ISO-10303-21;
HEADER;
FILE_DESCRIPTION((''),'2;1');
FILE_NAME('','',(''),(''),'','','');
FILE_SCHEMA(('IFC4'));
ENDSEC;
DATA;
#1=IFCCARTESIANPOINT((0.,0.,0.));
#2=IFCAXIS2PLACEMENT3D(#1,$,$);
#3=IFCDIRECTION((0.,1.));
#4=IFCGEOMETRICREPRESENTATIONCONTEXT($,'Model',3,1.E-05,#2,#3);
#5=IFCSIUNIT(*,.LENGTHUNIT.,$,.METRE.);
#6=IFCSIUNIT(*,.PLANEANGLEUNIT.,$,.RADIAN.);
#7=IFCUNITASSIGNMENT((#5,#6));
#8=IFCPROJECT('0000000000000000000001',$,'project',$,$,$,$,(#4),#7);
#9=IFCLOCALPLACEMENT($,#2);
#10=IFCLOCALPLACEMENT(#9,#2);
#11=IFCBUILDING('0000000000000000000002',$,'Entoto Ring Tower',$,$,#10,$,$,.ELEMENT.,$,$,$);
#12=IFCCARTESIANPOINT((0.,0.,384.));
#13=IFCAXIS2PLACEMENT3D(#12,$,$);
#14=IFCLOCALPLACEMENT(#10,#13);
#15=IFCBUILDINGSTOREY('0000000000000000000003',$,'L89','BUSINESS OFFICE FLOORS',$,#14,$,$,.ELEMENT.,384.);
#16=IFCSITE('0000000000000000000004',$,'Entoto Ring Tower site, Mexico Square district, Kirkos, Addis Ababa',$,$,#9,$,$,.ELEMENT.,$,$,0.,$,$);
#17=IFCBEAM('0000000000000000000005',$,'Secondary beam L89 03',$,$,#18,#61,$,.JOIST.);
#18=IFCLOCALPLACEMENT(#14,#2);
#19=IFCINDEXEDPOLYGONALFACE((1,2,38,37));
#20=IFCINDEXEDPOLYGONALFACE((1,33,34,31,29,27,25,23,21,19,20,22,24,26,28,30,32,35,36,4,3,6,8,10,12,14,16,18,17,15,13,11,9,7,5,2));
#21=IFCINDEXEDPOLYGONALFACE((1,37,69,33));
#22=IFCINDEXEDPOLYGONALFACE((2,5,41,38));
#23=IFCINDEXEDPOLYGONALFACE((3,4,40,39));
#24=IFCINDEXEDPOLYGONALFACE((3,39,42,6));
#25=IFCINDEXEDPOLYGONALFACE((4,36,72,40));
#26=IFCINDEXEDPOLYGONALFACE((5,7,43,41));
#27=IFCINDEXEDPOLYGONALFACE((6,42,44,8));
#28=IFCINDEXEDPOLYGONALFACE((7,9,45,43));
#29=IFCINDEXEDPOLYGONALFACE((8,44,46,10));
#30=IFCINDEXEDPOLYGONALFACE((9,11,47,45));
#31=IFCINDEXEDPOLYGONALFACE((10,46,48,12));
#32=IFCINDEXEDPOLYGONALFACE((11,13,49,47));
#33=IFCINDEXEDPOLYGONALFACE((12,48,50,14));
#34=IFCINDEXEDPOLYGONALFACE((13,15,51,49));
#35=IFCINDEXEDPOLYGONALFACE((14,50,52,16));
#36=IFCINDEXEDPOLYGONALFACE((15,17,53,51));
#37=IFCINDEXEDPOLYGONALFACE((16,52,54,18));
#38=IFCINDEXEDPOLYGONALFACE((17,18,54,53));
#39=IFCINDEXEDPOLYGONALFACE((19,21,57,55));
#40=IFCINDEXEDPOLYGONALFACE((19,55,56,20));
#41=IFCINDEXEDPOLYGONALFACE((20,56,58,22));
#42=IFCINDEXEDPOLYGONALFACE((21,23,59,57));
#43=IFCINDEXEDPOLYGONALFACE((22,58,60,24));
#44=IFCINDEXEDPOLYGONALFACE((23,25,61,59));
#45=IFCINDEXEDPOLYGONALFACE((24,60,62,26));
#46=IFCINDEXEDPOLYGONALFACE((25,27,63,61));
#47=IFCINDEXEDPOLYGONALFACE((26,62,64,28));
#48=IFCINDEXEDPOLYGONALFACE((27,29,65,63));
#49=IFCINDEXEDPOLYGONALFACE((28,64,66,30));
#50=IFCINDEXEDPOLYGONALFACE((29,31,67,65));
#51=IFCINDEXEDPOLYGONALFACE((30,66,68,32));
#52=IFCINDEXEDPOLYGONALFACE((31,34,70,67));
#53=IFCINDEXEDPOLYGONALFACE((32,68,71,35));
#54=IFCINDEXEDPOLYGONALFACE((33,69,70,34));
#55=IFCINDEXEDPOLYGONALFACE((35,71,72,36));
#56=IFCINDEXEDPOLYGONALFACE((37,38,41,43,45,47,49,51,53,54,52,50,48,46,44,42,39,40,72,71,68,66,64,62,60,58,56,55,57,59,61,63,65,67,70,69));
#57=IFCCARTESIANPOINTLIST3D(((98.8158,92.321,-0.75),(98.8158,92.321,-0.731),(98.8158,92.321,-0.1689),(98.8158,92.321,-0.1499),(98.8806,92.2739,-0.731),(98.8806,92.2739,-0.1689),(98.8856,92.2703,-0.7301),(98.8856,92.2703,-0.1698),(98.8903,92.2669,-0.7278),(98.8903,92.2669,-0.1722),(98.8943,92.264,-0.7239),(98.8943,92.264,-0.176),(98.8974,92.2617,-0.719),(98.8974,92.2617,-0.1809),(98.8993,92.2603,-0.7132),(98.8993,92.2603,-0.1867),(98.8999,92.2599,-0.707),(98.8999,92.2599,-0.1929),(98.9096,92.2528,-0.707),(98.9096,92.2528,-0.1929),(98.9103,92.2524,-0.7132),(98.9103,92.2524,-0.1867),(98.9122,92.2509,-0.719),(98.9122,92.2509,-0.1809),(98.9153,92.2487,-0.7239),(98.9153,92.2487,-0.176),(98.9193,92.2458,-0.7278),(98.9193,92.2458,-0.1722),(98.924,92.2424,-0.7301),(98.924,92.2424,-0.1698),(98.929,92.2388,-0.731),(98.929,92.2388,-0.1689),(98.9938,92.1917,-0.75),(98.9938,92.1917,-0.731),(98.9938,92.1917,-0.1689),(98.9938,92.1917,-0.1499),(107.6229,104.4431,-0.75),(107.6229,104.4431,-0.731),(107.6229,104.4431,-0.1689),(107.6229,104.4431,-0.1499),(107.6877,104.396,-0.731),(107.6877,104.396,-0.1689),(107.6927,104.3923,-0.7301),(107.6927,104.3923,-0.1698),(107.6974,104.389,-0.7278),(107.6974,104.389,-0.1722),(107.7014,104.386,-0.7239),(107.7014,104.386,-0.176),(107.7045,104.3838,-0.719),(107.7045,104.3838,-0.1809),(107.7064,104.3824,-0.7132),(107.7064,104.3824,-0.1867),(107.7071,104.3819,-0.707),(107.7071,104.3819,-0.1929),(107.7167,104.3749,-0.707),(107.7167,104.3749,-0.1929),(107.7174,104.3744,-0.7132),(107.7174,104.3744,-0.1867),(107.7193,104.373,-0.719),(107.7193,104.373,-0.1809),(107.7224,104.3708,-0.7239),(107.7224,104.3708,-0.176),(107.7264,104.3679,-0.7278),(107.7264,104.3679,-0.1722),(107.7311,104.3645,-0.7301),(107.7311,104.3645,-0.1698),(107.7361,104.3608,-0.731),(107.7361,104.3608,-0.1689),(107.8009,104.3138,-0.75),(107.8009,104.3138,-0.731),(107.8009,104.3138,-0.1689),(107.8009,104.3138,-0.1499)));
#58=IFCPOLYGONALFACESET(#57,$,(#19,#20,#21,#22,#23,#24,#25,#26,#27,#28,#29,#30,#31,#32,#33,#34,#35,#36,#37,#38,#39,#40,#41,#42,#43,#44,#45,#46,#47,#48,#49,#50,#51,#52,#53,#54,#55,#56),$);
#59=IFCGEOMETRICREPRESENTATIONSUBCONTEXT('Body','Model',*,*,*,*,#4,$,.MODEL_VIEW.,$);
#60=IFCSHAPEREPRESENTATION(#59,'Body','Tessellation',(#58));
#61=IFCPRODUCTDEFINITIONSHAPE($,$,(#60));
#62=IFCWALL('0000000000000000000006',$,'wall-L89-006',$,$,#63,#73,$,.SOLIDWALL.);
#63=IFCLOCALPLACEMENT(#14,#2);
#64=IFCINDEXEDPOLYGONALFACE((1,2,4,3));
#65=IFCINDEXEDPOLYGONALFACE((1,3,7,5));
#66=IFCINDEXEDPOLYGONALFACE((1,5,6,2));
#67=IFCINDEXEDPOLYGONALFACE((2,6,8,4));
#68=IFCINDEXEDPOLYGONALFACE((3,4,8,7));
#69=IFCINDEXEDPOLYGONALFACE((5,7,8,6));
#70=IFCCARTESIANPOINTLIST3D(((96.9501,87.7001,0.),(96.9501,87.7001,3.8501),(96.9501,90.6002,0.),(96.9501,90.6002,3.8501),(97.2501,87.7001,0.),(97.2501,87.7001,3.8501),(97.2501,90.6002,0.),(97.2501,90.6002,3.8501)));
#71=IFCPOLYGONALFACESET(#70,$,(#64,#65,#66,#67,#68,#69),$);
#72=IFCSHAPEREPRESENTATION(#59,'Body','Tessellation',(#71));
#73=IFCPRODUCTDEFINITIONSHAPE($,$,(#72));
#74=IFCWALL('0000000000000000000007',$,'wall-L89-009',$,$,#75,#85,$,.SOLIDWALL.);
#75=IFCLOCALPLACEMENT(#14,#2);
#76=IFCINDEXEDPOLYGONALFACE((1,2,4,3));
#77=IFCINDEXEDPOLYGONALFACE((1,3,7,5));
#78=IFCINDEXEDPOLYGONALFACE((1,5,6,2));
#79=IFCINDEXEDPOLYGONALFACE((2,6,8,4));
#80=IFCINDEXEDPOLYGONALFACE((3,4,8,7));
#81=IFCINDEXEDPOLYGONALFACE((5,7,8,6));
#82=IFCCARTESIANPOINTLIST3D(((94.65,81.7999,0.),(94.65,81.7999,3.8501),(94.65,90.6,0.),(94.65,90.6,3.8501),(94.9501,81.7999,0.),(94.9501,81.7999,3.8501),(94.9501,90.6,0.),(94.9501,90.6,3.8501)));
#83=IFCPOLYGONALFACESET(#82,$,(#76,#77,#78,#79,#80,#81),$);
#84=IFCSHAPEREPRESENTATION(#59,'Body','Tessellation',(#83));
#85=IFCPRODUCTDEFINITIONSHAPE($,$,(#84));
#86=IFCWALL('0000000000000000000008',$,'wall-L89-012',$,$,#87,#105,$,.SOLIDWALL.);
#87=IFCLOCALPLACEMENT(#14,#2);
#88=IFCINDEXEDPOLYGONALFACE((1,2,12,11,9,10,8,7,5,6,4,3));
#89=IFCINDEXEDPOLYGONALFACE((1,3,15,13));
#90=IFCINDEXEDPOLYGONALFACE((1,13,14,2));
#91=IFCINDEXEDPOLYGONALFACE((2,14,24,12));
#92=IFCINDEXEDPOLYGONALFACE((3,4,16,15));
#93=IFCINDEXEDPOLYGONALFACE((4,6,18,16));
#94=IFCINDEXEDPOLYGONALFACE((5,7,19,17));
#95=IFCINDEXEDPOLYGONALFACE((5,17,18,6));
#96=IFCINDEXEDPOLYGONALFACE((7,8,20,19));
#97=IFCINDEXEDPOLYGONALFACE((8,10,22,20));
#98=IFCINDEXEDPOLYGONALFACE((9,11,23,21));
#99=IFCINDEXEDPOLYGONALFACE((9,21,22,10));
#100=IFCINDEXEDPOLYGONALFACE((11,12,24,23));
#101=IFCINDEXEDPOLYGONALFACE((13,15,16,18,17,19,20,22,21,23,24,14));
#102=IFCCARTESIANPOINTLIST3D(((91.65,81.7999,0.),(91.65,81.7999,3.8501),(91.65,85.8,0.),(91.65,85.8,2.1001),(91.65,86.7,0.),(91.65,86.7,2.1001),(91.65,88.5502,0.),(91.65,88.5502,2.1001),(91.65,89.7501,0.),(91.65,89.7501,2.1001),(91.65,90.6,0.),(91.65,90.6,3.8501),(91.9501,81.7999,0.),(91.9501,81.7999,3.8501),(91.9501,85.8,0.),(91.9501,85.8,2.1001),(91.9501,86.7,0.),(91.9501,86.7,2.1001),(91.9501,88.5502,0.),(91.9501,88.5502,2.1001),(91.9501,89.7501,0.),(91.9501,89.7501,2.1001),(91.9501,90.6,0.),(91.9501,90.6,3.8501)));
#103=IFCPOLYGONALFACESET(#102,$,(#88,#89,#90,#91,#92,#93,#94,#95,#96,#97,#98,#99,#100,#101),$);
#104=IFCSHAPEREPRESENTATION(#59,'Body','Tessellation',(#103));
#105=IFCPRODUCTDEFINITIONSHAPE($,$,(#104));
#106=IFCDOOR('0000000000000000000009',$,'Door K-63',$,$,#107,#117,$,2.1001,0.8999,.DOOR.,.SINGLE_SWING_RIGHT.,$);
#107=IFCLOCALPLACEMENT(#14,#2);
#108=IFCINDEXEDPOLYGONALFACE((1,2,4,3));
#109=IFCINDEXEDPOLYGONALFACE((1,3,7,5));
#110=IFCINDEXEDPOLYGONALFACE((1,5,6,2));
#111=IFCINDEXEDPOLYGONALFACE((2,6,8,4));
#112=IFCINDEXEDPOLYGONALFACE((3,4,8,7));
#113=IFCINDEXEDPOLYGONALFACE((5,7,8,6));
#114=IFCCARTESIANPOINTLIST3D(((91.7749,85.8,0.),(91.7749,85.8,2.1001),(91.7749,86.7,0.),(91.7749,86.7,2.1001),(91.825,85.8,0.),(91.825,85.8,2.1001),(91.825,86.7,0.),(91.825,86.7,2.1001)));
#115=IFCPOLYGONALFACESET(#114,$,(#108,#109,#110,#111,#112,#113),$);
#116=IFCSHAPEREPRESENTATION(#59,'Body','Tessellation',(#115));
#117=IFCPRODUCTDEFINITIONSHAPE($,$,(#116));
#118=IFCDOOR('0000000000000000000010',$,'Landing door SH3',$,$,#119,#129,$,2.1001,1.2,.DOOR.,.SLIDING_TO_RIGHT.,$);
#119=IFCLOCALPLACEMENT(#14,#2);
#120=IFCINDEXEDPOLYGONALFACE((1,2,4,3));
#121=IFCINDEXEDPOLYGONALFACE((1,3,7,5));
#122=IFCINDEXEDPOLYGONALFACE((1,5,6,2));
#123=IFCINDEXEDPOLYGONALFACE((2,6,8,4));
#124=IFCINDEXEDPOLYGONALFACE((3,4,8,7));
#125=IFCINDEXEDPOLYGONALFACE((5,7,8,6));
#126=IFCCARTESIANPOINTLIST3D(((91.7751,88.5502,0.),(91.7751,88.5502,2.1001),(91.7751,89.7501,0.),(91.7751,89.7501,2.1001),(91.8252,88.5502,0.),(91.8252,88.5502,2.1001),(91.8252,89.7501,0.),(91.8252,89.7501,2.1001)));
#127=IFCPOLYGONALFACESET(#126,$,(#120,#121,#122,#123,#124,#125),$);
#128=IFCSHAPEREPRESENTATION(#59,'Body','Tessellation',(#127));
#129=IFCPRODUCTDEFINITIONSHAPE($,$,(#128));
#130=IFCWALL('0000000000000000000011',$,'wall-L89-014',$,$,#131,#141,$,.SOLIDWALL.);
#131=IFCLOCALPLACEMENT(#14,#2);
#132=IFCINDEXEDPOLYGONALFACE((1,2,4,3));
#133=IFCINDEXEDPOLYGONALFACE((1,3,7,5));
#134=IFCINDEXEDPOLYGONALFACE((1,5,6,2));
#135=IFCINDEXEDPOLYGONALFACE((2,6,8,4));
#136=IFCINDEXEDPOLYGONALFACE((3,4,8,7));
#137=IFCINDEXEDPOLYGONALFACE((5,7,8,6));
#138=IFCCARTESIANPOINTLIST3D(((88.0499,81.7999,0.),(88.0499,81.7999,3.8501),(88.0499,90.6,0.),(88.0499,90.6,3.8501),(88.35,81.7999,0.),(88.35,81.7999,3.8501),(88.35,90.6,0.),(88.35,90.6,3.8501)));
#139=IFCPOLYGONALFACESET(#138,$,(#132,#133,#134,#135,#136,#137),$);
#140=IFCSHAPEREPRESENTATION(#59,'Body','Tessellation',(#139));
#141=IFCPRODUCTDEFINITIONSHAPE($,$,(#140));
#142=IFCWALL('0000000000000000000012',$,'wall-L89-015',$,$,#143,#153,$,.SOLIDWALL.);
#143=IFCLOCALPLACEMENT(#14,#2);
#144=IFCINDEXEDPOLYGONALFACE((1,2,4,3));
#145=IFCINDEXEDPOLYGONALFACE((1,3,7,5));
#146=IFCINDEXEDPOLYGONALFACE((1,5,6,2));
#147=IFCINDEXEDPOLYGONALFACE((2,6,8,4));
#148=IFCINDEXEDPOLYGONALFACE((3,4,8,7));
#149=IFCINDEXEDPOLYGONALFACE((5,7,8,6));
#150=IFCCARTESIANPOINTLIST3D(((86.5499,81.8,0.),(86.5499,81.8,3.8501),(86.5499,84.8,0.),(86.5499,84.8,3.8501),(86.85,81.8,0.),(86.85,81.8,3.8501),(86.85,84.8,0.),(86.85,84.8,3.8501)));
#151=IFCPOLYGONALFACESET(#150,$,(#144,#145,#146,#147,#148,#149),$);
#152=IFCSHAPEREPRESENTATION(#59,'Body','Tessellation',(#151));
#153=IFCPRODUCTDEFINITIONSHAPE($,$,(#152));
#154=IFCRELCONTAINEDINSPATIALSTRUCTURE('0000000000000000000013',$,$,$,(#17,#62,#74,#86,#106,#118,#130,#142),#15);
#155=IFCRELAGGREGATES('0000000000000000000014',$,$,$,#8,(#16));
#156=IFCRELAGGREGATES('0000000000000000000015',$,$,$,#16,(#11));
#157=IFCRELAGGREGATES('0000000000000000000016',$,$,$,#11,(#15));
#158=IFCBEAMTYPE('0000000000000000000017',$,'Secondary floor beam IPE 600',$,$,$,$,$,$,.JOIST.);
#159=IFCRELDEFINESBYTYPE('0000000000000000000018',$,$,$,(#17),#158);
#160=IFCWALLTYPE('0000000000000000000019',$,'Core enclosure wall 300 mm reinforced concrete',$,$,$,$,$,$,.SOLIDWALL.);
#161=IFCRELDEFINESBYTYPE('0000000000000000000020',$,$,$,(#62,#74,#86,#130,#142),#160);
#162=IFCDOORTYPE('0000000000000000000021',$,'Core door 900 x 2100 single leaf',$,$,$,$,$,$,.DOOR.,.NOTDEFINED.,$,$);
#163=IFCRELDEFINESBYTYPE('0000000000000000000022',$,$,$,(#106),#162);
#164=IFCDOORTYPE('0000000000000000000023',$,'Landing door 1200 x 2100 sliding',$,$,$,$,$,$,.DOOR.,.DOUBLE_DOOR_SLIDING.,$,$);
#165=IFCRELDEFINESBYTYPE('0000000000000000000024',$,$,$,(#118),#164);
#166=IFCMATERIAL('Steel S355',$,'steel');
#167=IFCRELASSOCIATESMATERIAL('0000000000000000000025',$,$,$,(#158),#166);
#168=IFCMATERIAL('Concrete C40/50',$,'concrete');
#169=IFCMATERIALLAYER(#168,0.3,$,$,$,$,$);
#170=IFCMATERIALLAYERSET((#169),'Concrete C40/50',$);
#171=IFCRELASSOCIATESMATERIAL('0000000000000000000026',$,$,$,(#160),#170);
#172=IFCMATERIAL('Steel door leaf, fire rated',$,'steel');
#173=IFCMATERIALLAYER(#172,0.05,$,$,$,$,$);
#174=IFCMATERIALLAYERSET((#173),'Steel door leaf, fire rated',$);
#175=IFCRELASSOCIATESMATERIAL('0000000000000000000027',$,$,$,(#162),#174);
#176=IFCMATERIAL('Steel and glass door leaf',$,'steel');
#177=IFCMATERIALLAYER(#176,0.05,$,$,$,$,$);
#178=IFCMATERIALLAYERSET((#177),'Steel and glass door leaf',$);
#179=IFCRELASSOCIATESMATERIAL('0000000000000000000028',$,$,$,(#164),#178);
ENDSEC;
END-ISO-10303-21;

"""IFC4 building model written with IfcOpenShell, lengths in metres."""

from ifc_helpers import new_model, si_unit, direction, frame, frame_2d, origin, origin_2d, place, context, subcontext, project, spatial, rectangle, i_section, extrude, material, layer, layer_set, material_profile, profile_set, type_object, element, fill, save


model = new_model("IFC4")

# Units and contexts
model_context = context("Model", 3, precision=1e-05, world=origin(), true_north=direction((0.0, 1.0)))
body_context = subcontext(model_context, "Body", "Model", "MODEL_VIEW")
ifc_project = project(units=[si_unit("LENGTHUNIT", "METRE"), si_unit("PLANEANGLEUNIT", "RADIAN")], contexts=[model_context])

# Site, building, storey
site_placement = place(None, origin())
site = spatial("IfcSite", under=ifc_project, at=site_placement, Name="Entoto Ring Tower site, Mexico Square district, Kirkos, Addis Ababa", CompositionType="ELEMENT", RefElevation=0.0)
building_placement = place(site_placement, origin())
building = spatial("IfcBuilding", under=site, at=building_placement, Name="Entoto Ring Tower", CompositionType="ELEMENT")
storey_placement = place(building_placement, frame((0.0, 0.0, 384.0)))
storey = spatial("IfcBuildingStorey", under=building, at=storey_placement, Name="L89", Description="BUSINESS OFFICE FLOORS", CompositionType="ELEMENT", Elevation=384.0)

# Beam
ifc_material_1 = material(Name="Steel S355", Category="steel")
ifc_material_profile = material_profile(ifc_material_1, i_section(OverallWidth=0.22, OverallDepth=0.6001, WebThickness=0.012, FlangeThickness=0.019, FilletRadius=0.0239, at=origin_2d()), Name="IPE 600")
ifc_profile_set = profile_set([ifc_material_profile], Name="Steel S355")
beam_type = type_object("IfcBeamType", Name="Secondary floor beam IPE 600", PredefinedType="JOIST", material=ifc_profile_set)
beam_placement = place(storey_placement, frame((98.9048, 92.2563, -0.45), z_axis=(0.587782, 0.809019, 0.0), x_axis=(-0.809019, 0.587782, 0.0)))
element("IfcBeam", 1, at=beam_placement, inside=storey, type_object=beam_type, Name="Secondary beam L89 03", PredefinedType="JOIST", context=body_context, shape_type="SweptSolid", body=[
    extrude(i_section(OverallWidth=0.22, OverallDepth=0.6001, WebThickness=0.012, FlangeThickness=0.019, FilletRadius=0.0239, at=origin_2d()), origin(), (0.0, 0.0, 1.0), 14.9836),
])

# Walls
ifc_material_2 = material(Name="Concrete C40/50", Category="concrete")
ifc_layer_1 = layer(ifc_material_2, 0.3)
ifc_layer_set_1 = layer_set([ifc_layer_1], Name="Concrete C40/50")
wall_type = type_object("IfcWallType", Name="Core enclosure wall 300 mm reinforced concrete", PredefinedType="SOLIDWALL", material=ifc_layer_set_1)
wall_1_placement = place(storey_placement, frame((97.1001, 87.7, 0.0), z_axis=(0.0, 0.0, 1.0), x_axis=(0.0, 1.0, 0.0)))
element("IfcWall", 2, at=wall_1_placement, inside=storey, type_object=wall_type, Name="wall-L89-006", PredefinedType="SOLIDWALL", context=body_context, shape_type="SweptSolid", body=[
    extrude(rectangle(XDim=2.9001, YDim=0.3, at=frame_2d((1.4502, 0.0))), origin(), (0.0, 0.0, 1.0), 3.8501),
])
wall_2_placement = place(storey_placement, frame((94.8, 81.8, 0.0), z_axis=(0.0, 0.0, 1.0), x_axis=(0.0, 1.0, 0.0)))
element("IfcWall", 3, at=wall_2_placement, inside=storey, type_object=wall_type, Name="wall-L89-009", PredefinedType="SOLIDWALL", context=body_context, shape_type="SweptSolid", body=[
    extrude(rectangle(XDim=8.8, YDim=0.3, at=frame_2d((4.3999, 0.0))), origin(), (0.0, 0.0, 1.0), 3.8501),
])

# Wall, openings, doors
wall_3_placement = place(storey_placement, frame((91.8, 81.8, 0.0), z_axis=(0.0, 0.0, 1.0), x_axis=(0.0, 1.0, 0.0)))
wall_3 = element("IfcWall", 4, at=wall_3_placement, inside=storey, type_object=wall_type, Name="wall-L89-012", PredefinedType="SOLIDWALL", context=body_context, shape_type="SweptSolid", body=[
    extrude(rectangle(XDim=8.8, YDim=0.3, at=frame_2d((4.3999, 0.0))), origin(), (0.0, 0.0, 1.0), 3.8501),
])
opening_1_placement = place(wall_3_placement, frame((6.75, 0.0, 0.0)))
opening_1 = element("IfcOpeningElement", 5, at=opening_1_placement, cuts=wall_3, PredefinedType="OPENING", context=body_context, shape_type="SweptSolid", body=[
    extrude(rectangle(XDim=1.2, YDim=2.1001, at=frame_2d((0.6001, 1.05))), frame((0.0, 0.1602, 0.0), z_axis=(0.0, -1.0, 0.0), x_axis=(1.0, 0.0, 0.0)), (0.0, 0.0, 1.0), 0.3201),
])
opening_2_placement = place(wall_3_placement, frame((4.0, 0.0, 0.0)))
opening_2 = element("IfcOpeningElement", 6, at=opening_2_placement, cuts=wall_3, PredefinedType="OPENING", context=body_context, shape_type="SweptSolid", body=[
    extrude(rectangle(XDim=0.8999, YDim=2.1001, at=frame_2d((0.45, 1.05))), frame((0.0, 0.1602, 0.0), z_axis=(0.0, -1.0, 0.0), x_axis=(1.0, 0.0, 0.0)), (0.0, 0.0, 1.0), 0.3201),
])
ifc_material_3 = material(Name="Steel door leaf, fire rated", Category="steel")
ifc_layer_2 = layer(ifc_material_3, 0.05)
ifc_layer_set_2 = layer_set([ifc_layer_2], Name="Steel door leaf, fire rated")
door_type_1 = type_object("IfcDoorType", Name="Core door 900 x 2100 single leaf", OperationType="NOTDEFINED", PredefinedType="DOOR", material=ifc_layer_set_2)
door_1_placement = place(opening_2_placement, frame((0.8999, 0.0, 0.0), z_axis=(0.0, 0.0, 1.0), x_axis=(-1.0, 0.0, 0.0)))
door_1 = element("IfcDoor", 7, at=door_1_placement, inside=storey, type_object=door_type_1, Name="Door K-63", OperationType="SINGLE_SWING_RIGHT", OverallHeight=2.1001, OverallWidth=0.8999, PredefinedType="DOOR", context=body_context, shape_type="SweptSolid", body=[
    extrude(rectangle(XDim=0.8999, YDim=2.1001, at=frame_2d((0.45, 1.05))), frame((0.0, 0.0249, 0.0), z_axis=(0.0, -1.0, 0.0), x_axis=(1.0, 0.0, 0.0)), (0.0, 0.0, 1.0), 0.05),
])
fill(opening_2, door_1)
ifc_material_4 = material(Name="Steel and glass door leaf", Category="steel")
ifc_layer_3 = layer(ifc_material_4, 0.05)
ifc_layer_set_3 = layer_set([ifc_layer_3], Name="Steel and glass door leaf")
door_type_2 = type_object("IfcDoorType", Name="Landing door 1200 x 2100 sliding", OperationType="DOUBLE_DOOR_SLIDING", PredefinedType="DOOR", material=ifc_layer_set_3)
door_2_placement = place(opening_1_placement, origin())
door_2 = element("IfcDoor", 8, at=door_2_placement, inside=storey, type_object=door_type_2, Name="Landing door SH3", OperationType="SLIDING_TO_RIGHT", OverallHeight=2.1001, OverallWidth=1.2, PredefinedType="DOOR", context=body_context, shape_type="SweptSolid", body=[
    extrude(rectangle(XDim=1.2, YDim=2.1001, at=frame_2d((0.6001, 1.05))), frame((0.0, 0.0249, 0.0), z_axis=(0.0, -1.0, 0.0), x_axis=(1.0, 0.0, 0.0)), (0.0, 0.0, 1.0), 0.05),
])
fill(opening_1, door_2)

# Walls
wall_4_placement = place(storey_placement, frame((88.2, 81.8, 0.0), z_axis=(0.0, 0.0, 1.0), x_axis=(0.0, 1.0, 0.0)))
element("IfcWall", 9, at=wall_4_placement, inside=storey, type_object=wall_type, Name="wall-L89-014", PredefinedType="SOLIDWALL", context=body_context, shape_type="SweptSolid", body=[
    extrude(rectangle(XDim=8.8, YDim=0.3, at=frame_2d((4.3999, 0.0))), origin(), (0.0, 0.0, 1.0), 3.8501),
])
wall_5_placement = place(storey_placement, frame((86.7, 81.8, 0.0), z_axis=(0.0, 0.0, 1.0), x_axis=(0.0, 1.0, 0.0)))
element("IfcWall", 10, at=wall_5_placement, inside=storey, type_object=wall_type, Name="wall-L89-015", PredefinedType="SOLIDWALL", context=body_context, shape_type="SweptSolid", body=[
    extrude(rectangle(XDim=3.0, YDim=0.3, at=frame_2d((1.5, 0.0))), origin(), (0.0, 0.0, 1.0), 3.8501),
])

save(model, "model.ifc")
